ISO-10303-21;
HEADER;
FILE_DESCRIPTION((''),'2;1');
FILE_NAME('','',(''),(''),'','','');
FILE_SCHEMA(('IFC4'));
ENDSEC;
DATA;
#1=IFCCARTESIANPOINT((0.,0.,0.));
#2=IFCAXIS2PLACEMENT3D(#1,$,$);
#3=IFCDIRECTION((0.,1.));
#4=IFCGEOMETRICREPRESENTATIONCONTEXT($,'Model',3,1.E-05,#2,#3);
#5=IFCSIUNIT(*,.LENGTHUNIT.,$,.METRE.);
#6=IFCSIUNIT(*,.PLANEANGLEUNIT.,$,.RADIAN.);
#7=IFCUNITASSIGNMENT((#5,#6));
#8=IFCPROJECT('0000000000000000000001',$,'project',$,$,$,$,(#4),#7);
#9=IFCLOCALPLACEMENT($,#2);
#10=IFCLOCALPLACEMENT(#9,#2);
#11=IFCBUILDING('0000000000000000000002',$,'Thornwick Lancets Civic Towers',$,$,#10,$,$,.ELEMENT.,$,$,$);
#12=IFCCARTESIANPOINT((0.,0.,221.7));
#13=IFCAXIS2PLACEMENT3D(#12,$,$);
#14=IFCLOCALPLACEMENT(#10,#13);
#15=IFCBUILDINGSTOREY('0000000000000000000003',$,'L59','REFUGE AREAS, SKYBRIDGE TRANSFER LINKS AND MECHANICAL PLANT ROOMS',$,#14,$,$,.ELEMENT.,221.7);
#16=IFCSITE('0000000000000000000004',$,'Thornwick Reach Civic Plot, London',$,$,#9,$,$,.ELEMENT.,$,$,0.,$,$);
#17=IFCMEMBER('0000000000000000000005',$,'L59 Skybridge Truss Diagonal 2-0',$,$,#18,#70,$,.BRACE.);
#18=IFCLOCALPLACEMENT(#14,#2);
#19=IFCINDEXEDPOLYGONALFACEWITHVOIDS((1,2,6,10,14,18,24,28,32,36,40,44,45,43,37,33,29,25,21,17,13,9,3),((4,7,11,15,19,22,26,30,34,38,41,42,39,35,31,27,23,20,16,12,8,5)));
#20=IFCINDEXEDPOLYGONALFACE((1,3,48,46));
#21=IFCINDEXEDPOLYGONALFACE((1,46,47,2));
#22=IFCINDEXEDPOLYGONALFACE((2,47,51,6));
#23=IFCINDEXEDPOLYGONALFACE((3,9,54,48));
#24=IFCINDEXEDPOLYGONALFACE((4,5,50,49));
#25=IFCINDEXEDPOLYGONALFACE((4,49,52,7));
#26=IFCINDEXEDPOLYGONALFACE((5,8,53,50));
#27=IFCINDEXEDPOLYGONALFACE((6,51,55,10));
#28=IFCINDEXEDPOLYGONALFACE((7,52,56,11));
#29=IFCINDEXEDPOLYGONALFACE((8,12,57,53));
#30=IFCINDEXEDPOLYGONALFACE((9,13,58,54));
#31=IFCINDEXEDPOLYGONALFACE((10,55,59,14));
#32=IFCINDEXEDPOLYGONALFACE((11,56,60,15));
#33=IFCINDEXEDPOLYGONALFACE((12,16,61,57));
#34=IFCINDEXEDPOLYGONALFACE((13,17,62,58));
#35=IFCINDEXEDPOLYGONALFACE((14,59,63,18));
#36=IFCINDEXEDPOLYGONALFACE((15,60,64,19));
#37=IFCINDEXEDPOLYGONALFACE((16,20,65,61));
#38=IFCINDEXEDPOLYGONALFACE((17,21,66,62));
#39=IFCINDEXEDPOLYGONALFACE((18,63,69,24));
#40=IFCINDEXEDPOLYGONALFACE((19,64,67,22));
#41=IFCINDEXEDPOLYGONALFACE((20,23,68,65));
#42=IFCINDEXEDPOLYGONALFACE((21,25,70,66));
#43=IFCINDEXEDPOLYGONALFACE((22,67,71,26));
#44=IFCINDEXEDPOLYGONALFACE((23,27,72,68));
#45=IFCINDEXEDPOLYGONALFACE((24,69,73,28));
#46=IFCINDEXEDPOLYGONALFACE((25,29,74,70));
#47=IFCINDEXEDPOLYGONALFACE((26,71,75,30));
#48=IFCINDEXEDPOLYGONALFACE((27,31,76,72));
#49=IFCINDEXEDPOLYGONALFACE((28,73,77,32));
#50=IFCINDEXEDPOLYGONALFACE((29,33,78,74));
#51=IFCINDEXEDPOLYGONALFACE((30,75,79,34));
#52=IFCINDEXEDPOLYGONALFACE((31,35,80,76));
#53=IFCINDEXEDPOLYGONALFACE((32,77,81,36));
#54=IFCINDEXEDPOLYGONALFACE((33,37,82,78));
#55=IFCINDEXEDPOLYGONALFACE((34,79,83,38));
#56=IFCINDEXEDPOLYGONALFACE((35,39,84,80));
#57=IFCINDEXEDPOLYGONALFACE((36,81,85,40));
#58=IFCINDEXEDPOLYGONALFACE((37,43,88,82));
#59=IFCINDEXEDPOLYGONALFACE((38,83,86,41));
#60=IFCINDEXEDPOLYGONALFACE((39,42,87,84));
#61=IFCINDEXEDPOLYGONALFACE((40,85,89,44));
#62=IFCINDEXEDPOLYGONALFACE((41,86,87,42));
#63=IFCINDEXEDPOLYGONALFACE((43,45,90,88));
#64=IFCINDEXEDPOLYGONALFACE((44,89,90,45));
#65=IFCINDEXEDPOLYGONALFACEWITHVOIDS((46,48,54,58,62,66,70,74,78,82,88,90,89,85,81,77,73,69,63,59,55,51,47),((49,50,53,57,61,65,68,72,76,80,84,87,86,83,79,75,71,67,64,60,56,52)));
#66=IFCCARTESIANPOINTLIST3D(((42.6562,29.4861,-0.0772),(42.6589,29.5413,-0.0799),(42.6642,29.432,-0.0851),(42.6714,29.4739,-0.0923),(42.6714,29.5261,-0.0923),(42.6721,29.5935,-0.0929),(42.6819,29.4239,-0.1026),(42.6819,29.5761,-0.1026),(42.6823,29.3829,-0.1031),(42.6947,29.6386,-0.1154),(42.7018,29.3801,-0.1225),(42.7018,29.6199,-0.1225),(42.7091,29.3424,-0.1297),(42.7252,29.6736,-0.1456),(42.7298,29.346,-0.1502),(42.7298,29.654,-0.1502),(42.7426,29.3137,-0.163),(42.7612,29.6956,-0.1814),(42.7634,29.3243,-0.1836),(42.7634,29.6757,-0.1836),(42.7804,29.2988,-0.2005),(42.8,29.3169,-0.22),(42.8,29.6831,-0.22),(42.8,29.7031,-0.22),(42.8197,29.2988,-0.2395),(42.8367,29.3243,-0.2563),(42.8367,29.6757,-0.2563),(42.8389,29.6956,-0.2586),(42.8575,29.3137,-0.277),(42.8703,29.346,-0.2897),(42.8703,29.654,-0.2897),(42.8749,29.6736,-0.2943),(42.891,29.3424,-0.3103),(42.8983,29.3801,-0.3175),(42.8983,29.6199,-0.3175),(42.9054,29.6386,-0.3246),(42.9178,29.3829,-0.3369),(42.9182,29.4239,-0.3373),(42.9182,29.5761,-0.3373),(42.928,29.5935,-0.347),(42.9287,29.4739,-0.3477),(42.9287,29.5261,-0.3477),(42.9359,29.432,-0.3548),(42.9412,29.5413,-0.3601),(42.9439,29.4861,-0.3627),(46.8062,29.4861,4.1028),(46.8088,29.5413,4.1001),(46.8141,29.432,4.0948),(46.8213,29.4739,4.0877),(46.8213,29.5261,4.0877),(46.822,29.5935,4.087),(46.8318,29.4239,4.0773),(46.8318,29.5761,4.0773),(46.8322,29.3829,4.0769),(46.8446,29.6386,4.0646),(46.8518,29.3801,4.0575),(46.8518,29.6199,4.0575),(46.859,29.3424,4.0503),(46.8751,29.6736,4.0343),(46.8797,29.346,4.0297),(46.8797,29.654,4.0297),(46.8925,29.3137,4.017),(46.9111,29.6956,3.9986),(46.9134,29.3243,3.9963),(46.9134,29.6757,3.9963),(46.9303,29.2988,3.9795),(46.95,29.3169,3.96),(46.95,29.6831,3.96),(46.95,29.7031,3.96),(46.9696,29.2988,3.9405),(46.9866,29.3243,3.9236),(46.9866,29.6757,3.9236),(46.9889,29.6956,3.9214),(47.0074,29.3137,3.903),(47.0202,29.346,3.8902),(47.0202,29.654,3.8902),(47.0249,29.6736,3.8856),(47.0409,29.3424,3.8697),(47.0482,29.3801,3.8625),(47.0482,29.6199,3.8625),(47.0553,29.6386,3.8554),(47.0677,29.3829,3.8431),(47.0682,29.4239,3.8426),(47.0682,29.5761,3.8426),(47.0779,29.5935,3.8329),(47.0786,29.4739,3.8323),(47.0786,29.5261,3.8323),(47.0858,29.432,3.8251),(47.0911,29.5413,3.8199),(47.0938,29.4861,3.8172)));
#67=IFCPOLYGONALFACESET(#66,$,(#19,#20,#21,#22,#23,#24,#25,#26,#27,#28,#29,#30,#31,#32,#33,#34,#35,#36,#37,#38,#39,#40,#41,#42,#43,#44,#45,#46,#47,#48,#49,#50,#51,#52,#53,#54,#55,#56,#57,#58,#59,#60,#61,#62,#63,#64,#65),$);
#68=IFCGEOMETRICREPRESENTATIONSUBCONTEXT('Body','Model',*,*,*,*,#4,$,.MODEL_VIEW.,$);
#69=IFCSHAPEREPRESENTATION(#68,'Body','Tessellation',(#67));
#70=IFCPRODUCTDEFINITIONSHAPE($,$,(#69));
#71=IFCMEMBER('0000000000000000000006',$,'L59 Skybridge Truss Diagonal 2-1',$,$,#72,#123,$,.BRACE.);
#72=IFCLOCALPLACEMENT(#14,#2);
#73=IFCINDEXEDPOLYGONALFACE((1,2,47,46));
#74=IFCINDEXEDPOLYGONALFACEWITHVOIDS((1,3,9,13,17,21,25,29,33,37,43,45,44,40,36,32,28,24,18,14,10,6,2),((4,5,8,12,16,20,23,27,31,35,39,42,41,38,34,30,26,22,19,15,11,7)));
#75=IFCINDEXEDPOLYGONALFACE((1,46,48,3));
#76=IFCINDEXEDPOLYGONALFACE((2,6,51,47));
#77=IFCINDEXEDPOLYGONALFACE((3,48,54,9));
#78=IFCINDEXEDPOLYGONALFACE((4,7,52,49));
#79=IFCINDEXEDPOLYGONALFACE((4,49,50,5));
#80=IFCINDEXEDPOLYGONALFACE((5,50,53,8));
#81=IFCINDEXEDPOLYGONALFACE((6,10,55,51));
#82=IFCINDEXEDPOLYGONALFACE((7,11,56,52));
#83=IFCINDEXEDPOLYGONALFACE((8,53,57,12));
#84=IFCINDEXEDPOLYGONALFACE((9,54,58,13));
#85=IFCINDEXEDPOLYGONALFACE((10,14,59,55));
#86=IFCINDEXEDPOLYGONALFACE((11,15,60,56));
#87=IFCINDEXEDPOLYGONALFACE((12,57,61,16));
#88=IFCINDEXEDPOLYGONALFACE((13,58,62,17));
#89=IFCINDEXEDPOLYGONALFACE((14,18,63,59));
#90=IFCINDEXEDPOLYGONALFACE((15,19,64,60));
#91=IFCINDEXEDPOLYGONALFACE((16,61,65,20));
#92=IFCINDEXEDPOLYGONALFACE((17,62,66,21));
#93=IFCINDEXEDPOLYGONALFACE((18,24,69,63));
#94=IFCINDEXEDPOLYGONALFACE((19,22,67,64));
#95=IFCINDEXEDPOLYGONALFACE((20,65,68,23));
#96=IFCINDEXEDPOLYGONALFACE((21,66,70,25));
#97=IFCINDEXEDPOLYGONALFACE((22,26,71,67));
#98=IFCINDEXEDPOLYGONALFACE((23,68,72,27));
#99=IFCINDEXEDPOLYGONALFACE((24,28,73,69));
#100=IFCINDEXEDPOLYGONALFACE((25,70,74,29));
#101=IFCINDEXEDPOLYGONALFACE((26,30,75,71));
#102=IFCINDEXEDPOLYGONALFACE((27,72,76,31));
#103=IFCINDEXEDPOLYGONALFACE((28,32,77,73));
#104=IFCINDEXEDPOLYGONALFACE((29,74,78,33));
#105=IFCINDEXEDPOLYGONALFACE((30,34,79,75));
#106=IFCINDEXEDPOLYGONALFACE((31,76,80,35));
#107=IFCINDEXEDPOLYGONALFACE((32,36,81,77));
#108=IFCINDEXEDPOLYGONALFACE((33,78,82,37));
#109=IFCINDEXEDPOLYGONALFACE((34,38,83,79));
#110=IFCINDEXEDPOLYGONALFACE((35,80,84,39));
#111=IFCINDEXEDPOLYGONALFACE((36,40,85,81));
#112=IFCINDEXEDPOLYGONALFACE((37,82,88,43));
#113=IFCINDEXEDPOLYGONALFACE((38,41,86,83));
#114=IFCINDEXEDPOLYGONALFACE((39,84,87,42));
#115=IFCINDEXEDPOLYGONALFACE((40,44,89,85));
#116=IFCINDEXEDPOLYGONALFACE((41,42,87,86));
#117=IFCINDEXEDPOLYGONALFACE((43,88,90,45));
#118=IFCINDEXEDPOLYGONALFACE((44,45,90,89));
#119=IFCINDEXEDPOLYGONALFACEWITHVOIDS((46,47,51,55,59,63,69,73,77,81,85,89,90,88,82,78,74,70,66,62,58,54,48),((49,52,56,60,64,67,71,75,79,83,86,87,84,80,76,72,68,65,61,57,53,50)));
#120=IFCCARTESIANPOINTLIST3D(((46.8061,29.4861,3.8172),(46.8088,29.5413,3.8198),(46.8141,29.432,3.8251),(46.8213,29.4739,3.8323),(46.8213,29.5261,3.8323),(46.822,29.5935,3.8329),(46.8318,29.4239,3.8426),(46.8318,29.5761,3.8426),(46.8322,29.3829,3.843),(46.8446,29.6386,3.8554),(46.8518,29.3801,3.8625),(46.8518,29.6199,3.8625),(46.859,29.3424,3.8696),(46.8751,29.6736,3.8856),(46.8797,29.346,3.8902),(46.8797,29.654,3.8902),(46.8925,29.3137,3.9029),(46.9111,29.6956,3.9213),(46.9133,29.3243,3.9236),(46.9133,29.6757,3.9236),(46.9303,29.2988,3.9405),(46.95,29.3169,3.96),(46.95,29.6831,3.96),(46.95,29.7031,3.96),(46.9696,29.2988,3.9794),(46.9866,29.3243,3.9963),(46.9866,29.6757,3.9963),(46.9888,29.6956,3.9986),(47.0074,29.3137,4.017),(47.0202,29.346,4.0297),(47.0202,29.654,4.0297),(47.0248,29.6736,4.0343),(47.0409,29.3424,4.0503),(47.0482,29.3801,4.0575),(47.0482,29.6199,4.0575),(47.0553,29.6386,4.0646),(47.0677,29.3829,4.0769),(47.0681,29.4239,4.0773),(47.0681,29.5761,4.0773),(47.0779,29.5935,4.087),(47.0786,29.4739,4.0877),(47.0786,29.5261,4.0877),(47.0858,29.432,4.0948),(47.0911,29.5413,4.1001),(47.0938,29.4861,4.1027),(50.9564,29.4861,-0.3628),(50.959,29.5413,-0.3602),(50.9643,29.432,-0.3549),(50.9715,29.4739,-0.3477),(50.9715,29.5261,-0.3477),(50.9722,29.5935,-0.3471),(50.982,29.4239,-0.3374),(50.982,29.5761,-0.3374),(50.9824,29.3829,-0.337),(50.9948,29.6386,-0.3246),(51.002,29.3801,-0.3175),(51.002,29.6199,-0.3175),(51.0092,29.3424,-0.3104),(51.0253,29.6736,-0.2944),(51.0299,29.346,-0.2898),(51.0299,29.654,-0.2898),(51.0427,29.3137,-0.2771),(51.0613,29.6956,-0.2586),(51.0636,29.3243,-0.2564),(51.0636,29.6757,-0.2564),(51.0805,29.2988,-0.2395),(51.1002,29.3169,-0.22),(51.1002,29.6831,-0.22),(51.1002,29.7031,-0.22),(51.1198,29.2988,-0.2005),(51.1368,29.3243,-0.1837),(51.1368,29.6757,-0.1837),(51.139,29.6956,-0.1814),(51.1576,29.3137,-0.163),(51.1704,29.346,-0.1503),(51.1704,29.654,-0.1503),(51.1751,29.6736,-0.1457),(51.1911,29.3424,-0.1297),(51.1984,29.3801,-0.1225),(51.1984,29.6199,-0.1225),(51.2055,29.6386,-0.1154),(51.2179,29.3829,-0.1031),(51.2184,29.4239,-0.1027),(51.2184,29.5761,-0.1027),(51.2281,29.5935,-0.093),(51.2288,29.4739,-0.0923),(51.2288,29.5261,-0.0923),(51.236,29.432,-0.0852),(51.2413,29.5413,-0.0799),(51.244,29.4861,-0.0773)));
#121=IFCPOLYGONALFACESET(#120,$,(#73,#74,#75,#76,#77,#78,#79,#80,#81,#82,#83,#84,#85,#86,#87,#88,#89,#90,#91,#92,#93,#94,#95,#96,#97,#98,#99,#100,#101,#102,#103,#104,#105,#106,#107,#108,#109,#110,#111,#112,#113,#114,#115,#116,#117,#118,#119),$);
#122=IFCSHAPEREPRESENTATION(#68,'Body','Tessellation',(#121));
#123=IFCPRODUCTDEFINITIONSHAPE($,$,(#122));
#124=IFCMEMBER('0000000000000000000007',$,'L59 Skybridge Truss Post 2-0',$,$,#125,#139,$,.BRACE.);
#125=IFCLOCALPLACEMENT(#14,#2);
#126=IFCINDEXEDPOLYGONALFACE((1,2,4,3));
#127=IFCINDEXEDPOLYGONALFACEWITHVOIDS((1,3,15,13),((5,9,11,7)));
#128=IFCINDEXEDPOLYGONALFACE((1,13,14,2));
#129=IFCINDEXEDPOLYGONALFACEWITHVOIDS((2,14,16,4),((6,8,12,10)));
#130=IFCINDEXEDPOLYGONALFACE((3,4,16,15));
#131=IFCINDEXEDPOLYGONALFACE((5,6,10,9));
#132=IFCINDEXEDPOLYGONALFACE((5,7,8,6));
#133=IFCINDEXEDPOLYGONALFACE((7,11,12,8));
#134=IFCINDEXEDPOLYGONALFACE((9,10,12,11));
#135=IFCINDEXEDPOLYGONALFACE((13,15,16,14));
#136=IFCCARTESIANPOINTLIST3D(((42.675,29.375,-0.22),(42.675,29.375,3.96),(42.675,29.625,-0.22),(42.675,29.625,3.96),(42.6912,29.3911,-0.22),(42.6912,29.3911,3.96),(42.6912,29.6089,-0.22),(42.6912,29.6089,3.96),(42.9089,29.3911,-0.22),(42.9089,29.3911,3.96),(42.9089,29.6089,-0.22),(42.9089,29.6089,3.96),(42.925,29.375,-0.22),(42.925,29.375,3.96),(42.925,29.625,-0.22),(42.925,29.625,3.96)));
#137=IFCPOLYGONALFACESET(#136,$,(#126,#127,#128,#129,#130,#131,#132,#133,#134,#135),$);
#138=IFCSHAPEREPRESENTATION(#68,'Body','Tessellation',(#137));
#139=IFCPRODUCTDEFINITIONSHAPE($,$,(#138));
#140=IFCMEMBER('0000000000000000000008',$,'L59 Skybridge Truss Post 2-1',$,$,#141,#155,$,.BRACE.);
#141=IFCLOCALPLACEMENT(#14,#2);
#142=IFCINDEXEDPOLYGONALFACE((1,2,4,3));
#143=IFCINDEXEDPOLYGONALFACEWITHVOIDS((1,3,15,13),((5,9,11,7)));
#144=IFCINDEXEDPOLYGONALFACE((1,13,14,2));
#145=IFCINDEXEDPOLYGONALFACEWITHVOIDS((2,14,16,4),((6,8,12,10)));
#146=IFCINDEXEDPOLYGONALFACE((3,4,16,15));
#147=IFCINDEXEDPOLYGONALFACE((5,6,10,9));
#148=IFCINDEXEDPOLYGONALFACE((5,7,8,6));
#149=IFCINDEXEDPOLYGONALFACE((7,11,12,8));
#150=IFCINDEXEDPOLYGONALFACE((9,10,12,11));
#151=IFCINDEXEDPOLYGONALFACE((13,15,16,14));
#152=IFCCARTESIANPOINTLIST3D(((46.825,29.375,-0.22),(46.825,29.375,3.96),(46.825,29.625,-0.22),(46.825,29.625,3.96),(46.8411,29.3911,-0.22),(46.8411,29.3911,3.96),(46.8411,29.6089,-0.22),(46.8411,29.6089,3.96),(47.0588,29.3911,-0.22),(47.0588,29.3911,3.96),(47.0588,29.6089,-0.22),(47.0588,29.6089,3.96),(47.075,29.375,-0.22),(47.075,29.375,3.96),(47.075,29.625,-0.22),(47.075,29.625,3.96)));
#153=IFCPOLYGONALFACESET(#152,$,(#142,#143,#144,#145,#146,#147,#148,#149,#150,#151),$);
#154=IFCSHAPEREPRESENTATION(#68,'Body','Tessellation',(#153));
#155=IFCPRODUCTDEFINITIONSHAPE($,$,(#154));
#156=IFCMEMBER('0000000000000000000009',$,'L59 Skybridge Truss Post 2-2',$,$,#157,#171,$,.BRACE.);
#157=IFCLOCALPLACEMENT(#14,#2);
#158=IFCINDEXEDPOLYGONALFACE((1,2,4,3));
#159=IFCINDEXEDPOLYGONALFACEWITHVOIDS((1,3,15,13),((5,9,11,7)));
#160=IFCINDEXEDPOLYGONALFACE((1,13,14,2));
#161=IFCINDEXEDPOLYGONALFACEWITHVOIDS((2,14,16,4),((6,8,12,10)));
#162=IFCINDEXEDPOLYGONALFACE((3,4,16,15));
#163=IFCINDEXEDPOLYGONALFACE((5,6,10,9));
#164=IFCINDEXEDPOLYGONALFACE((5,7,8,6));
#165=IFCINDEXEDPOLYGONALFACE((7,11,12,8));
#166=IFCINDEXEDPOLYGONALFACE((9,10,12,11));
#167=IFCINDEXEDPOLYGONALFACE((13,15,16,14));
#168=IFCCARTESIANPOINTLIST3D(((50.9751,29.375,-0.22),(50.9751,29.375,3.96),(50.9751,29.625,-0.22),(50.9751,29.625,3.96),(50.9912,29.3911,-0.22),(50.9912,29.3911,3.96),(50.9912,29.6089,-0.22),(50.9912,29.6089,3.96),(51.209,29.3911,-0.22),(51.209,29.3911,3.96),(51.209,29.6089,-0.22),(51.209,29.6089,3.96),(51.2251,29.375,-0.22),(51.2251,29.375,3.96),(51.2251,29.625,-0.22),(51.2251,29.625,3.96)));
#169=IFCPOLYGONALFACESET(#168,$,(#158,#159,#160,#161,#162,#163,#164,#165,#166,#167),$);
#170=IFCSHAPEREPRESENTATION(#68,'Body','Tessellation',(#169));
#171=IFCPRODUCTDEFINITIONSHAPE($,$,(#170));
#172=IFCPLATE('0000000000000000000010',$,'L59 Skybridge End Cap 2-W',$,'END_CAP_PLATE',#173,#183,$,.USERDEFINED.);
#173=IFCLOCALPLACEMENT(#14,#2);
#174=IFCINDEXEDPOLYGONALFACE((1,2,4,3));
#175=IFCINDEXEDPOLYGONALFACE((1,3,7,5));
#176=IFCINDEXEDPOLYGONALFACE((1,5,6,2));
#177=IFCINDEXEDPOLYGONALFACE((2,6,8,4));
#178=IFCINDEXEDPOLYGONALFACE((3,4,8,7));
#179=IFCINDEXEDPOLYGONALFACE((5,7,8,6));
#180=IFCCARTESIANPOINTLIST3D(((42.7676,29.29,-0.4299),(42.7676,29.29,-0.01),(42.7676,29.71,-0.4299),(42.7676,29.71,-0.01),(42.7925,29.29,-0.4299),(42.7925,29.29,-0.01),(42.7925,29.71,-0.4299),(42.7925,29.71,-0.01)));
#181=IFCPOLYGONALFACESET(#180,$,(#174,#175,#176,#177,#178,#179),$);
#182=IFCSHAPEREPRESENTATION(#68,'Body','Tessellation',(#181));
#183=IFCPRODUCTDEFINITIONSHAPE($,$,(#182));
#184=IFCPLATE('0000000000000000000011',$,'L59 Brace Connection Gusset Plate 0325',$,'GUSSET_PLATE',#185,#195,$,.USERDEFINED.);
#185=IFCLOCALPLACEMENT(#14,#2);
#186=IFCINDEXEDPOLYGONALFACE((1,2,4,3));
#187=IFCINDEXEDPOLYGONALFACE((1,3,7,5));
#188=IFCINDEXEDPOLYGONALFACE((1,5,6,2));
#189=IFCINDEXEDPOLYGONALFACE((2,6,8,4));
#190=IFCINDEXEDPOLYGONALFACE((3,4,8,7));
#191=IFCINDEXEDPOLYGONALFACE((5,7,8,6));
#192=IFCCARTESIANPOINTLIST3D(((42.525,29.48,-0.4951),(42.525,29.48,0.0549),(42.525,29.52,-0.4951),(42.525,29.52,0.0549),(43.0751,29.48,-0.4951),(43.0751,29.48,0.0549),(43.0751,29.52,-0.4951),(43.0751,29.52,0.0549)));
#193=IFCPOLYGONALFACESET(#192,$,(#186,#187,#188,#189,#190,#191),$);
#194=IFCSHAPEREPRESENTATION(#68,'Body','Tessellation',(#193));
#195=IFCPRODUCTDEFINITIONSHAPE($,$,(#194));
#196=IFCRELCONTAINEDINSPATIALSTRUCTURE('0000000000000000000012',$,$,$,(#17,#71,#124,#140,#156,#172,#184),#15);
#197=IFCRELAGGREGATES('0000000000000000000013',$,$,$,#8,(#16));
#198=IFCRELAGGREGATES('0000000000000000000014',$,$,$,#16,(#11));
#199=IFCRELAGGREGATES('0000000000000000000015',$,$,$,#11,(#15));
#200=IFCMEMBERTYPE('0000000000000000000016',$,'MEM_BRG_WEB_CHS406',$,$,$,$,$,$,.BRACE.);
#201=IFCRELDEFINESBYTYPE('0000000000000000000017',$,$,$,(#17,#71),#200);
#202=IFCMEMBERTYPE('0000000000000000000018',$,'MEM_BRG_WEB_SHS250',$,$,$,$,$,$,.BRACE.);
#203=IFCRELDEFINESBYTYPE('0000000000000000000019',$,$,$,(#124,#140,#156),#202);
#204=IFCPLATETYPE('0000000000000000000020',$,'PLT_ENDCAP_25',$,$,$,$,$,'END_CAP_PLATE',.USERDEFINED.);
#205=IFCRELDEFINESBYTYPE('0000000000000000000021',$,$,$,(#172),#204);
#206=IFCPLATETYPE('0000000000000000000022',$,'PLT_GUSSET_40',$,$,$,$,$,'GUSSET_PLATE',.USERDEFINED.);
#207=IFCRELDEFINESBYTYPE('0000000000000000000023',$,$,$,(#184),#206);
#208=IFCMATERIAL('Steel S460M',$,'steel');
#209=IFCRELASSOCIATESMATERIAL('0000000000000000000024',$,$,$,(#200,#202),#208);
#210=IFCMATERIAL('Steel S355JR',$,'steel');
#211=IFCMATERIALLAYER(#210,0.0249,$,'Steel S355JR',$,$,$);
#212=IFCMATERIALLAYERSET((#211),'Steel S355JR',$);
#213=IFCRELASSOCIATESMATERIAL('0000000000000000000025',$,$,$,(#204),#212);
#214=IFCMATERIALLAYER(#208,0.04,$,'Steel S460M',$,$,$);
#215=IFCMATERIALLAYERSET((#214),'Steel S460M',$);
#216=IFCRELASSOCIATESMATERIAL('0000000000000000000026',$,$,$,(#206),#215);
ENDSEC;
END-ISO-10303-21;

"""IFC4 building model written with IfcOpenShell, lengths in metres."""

from ifc_helpers import new_model, si_unit, direction, frame, origin, origin_2d, place, context, subcontext, project, spatial, rectangle, hollow_rectangle, hollow_circle, extrude, material, layer, layer_set, material_profile, profile_set, type_object, element, save


model = new_model("IFC4")

# Units and contexts
model_context = context("Model", 3, precision=1e-05, world=origin(), true_north=direction((0.0, 1.0)))
body_context = subcontext(model_context, "Body", "Model", "MODEL_VIEW")
ifc_project = project(units=[si_unit("LENGTHUNIT", "METRE"), si_unit("PLANEANGLEUNIT", "RADIAN")], contexts=[model_context])

# Site, building, storey
site_placement = place(None, origin())
site = spatial("IfcSite", under=ifc_project, at=site_placement, Name="Thornwick Reach Civic Plot, London", CompositionType="ELEMENT", RefElevation=0.0)
building_placement = place(site_placement, origin())
building = spatial("IfcBuilding", under=site, at=building_placement, Name="Thornwick Lancets Civic Towers", CompositionType="ELEMENT")
storey_placement = place(building_placement, frame((0.0, 0.0, 221.7)))
storey = spatial("IfcBuildingStorey", under=building, at=storey_placement, Name="L59", Description="REFUGE AREAS, SKYBRIDGE TRANSFER LINKS AND MECHANICAL PLANT ROOMS", CompositionType="ELEMENT", Elevation=221.7)

# Shared definitions
ifc_material_1 = material(Name="Steel S355JR", Category="steel")
ifc_material_2 = material(Name="Steel S460M", Category="steel")

# Members
ifc_material_profile_1 = material_profile(ifc_material_2, hollow_circle(Radius=0.2031, WallThickness=0.02, at=origin_2d()), Name="CHS 406.4x20")
ifc_profile_set_1 = profile_set([ifc_material_profile_1], Name="Steel S460M")
member_type_1 = type_object("IfcMemberType", Name="MEM_BRG_WEB_CHS406", PredefinedType="BRACE", material=ifc_profile_set_1)
member_1_placement = place(storey_placement, frame((42.8, 29.5, -0.22), z_axis=(0.704553, 0.0, 0.709651), x_axis=(0.0, 1.0, 0.0)))
element("IfcMember", 1, at=member_1_placement, inside=storey, type_object=member_type_1, Name="L59 Skybridge Truss Diagonal 2-0", PredefinedType="BRACE", context=body_context, shape_type="SweptSolid", body=[
    extrude(hollow_circle(Radius=0.2031, WallThickness=0.02, at=origin_2d()), origin(), (0.0, 0.0, 1.0), 5.8901),
])
member_2_placement = place(storey_placement, frame((46.95, 29.5, 3.96), z_axis=(0.704574, 0.0, -0.709631), x_axis=(0.0, 1.0, 0.0)))
element("IfcMember", 2, at=member_2_placement, inside=storey, type_object=member_type_1, Name="L59 Skybridge Truss Diagonal 2-1", PredefinedType="BRACE", context=body_context, shape_type="SweptSolid", body=[
    extrude(hollow_circle(Radius=0.2031, WallThickness=0.02, at=origin_2d()), origin(), (0.0, 0.0, 1.0), 5.8904),
])
ifc_material_profile_2 = material_profile(ifc_material_2, hollow_rectangle(XDim=0.25, YDim=0.25, WallThickness=0.0161, at=origin_2d()), Name="SHS 250x250x16")
ifc_profile_set_2 = profile_set([ifc_material_profile_2], Name="Steel S460M")
member_type_2 = type_object("IfcMemberType", Name="MEM_BRG_WEB_SHS250", PredefinedType="BRACE", material=ifc_profile_set_2)
for number, where, z_axis, x_axis, name in (
    (3, (42.8, 29.5, -0.22), (0.0, 0.0, 1.0), (1.0, 0.0, 0.0), "L59 Skybridge Truss Post 2-0"),
    (4, (46.95, 29.5, -0.22), (0.0, 0.0, 1.0), (1.0, 0.0, 0.0), "L59 Skybridge Truss Post 2-1"),
    (5, (51.1001, 29.5, -0.22), (0.0, 0.0, 1.0), (1.0, 0.0, 0.0), "L59 Skybridge Truss Post 2-2"),
):
    element("IfcMember", number, at=place(storey_placement, frame(where, z_axis=z_axis, x_axis=x_axis)), inside=storey, type_object=member_type_2, Name=name, PredefinedType="BRACE", context=body_context, shape_type="SweptSolid", body=[
        extrude(hollow_rectangle(XDim=0.25, YDim=0.25, WallThickness=0.0161, at=origin_2d()), origin(), (0.0, 0.0, 1.0), 4.1799),
    ])

# Plates
ifc_layer_1 = layer(ifc_material_1, 0.0249, Name="Steel S355JR")
ifc_layer_set_1 = layer_set([ifc_layer_1], Name="Steel S355JR")
plate_type_1 = type_object("IfcPlateType", Name="PLT_ENDCAP_25", ElementType="END_CAP_PLATE", PredefinedType="USERDEFINED", material=ifc_layer_set_1)
plate_1_placement = place(storey_placement, frame((42.78, 29.5, -0.4299), z_axis=(0.0, 0.0, 1.0), x_axis=(1.0, 0.0, 0.0)))
element("IfcPlate", 6, at=plate_1_placement, inside=storey, type_object=plate_type_1, Name="L59 Skybridge End Cap 2-W", ObjectType="END_CAP_PLATE", PredefinedType="USERDEFINED", context=body_context, shape_type="SweptSolid", body=[
    extrude(rectangle(XDim=0.0249, YDim=0.4199, at=origin_2d()), origin(), (0.0, 0.0, 1.0), 0.4199),
])
ifc_layer_2 = layer(ifc_material_2, 0.04, Name="Steel S460M")
ifc_layer_set_2 = layer_set([ifc_layer_2], Name="Steel S460M")
plate_type_2 = type_object("IfcPlateType", Name="PLT_GUSSET_40", ElementType="GUSSET_PLATE", PredefinedType="USERDEFINED", material=ifc_layer_set_2)
for number, where, z_axis, x_axis, name in (
    (7, (42.8, 29.5, -0.4951), (0.0, 0.0, 1.0), (1.0, 0.0, 0.0), "L59 Brace Connection Gusset Plate 0325"),
):
    element("IfcPlate", number, at=place(storey_placement, frame(where, z_axis=z_axis, x_axis=x_axis)), inside=storey, type_object=plate_type_2, Name=name, ObjectType="GUSSET_PLATE", PredefinedType="USERDEFINED", context=body_context, shape_type="SweptSolid", body=[
        extrude(rectangle(XDim=0.55, YDim=0.04, at=origin_2d()), origin(), (0.0, 0.0, 1.0), 0.55),
    ])

save(model, "model.ifc")
